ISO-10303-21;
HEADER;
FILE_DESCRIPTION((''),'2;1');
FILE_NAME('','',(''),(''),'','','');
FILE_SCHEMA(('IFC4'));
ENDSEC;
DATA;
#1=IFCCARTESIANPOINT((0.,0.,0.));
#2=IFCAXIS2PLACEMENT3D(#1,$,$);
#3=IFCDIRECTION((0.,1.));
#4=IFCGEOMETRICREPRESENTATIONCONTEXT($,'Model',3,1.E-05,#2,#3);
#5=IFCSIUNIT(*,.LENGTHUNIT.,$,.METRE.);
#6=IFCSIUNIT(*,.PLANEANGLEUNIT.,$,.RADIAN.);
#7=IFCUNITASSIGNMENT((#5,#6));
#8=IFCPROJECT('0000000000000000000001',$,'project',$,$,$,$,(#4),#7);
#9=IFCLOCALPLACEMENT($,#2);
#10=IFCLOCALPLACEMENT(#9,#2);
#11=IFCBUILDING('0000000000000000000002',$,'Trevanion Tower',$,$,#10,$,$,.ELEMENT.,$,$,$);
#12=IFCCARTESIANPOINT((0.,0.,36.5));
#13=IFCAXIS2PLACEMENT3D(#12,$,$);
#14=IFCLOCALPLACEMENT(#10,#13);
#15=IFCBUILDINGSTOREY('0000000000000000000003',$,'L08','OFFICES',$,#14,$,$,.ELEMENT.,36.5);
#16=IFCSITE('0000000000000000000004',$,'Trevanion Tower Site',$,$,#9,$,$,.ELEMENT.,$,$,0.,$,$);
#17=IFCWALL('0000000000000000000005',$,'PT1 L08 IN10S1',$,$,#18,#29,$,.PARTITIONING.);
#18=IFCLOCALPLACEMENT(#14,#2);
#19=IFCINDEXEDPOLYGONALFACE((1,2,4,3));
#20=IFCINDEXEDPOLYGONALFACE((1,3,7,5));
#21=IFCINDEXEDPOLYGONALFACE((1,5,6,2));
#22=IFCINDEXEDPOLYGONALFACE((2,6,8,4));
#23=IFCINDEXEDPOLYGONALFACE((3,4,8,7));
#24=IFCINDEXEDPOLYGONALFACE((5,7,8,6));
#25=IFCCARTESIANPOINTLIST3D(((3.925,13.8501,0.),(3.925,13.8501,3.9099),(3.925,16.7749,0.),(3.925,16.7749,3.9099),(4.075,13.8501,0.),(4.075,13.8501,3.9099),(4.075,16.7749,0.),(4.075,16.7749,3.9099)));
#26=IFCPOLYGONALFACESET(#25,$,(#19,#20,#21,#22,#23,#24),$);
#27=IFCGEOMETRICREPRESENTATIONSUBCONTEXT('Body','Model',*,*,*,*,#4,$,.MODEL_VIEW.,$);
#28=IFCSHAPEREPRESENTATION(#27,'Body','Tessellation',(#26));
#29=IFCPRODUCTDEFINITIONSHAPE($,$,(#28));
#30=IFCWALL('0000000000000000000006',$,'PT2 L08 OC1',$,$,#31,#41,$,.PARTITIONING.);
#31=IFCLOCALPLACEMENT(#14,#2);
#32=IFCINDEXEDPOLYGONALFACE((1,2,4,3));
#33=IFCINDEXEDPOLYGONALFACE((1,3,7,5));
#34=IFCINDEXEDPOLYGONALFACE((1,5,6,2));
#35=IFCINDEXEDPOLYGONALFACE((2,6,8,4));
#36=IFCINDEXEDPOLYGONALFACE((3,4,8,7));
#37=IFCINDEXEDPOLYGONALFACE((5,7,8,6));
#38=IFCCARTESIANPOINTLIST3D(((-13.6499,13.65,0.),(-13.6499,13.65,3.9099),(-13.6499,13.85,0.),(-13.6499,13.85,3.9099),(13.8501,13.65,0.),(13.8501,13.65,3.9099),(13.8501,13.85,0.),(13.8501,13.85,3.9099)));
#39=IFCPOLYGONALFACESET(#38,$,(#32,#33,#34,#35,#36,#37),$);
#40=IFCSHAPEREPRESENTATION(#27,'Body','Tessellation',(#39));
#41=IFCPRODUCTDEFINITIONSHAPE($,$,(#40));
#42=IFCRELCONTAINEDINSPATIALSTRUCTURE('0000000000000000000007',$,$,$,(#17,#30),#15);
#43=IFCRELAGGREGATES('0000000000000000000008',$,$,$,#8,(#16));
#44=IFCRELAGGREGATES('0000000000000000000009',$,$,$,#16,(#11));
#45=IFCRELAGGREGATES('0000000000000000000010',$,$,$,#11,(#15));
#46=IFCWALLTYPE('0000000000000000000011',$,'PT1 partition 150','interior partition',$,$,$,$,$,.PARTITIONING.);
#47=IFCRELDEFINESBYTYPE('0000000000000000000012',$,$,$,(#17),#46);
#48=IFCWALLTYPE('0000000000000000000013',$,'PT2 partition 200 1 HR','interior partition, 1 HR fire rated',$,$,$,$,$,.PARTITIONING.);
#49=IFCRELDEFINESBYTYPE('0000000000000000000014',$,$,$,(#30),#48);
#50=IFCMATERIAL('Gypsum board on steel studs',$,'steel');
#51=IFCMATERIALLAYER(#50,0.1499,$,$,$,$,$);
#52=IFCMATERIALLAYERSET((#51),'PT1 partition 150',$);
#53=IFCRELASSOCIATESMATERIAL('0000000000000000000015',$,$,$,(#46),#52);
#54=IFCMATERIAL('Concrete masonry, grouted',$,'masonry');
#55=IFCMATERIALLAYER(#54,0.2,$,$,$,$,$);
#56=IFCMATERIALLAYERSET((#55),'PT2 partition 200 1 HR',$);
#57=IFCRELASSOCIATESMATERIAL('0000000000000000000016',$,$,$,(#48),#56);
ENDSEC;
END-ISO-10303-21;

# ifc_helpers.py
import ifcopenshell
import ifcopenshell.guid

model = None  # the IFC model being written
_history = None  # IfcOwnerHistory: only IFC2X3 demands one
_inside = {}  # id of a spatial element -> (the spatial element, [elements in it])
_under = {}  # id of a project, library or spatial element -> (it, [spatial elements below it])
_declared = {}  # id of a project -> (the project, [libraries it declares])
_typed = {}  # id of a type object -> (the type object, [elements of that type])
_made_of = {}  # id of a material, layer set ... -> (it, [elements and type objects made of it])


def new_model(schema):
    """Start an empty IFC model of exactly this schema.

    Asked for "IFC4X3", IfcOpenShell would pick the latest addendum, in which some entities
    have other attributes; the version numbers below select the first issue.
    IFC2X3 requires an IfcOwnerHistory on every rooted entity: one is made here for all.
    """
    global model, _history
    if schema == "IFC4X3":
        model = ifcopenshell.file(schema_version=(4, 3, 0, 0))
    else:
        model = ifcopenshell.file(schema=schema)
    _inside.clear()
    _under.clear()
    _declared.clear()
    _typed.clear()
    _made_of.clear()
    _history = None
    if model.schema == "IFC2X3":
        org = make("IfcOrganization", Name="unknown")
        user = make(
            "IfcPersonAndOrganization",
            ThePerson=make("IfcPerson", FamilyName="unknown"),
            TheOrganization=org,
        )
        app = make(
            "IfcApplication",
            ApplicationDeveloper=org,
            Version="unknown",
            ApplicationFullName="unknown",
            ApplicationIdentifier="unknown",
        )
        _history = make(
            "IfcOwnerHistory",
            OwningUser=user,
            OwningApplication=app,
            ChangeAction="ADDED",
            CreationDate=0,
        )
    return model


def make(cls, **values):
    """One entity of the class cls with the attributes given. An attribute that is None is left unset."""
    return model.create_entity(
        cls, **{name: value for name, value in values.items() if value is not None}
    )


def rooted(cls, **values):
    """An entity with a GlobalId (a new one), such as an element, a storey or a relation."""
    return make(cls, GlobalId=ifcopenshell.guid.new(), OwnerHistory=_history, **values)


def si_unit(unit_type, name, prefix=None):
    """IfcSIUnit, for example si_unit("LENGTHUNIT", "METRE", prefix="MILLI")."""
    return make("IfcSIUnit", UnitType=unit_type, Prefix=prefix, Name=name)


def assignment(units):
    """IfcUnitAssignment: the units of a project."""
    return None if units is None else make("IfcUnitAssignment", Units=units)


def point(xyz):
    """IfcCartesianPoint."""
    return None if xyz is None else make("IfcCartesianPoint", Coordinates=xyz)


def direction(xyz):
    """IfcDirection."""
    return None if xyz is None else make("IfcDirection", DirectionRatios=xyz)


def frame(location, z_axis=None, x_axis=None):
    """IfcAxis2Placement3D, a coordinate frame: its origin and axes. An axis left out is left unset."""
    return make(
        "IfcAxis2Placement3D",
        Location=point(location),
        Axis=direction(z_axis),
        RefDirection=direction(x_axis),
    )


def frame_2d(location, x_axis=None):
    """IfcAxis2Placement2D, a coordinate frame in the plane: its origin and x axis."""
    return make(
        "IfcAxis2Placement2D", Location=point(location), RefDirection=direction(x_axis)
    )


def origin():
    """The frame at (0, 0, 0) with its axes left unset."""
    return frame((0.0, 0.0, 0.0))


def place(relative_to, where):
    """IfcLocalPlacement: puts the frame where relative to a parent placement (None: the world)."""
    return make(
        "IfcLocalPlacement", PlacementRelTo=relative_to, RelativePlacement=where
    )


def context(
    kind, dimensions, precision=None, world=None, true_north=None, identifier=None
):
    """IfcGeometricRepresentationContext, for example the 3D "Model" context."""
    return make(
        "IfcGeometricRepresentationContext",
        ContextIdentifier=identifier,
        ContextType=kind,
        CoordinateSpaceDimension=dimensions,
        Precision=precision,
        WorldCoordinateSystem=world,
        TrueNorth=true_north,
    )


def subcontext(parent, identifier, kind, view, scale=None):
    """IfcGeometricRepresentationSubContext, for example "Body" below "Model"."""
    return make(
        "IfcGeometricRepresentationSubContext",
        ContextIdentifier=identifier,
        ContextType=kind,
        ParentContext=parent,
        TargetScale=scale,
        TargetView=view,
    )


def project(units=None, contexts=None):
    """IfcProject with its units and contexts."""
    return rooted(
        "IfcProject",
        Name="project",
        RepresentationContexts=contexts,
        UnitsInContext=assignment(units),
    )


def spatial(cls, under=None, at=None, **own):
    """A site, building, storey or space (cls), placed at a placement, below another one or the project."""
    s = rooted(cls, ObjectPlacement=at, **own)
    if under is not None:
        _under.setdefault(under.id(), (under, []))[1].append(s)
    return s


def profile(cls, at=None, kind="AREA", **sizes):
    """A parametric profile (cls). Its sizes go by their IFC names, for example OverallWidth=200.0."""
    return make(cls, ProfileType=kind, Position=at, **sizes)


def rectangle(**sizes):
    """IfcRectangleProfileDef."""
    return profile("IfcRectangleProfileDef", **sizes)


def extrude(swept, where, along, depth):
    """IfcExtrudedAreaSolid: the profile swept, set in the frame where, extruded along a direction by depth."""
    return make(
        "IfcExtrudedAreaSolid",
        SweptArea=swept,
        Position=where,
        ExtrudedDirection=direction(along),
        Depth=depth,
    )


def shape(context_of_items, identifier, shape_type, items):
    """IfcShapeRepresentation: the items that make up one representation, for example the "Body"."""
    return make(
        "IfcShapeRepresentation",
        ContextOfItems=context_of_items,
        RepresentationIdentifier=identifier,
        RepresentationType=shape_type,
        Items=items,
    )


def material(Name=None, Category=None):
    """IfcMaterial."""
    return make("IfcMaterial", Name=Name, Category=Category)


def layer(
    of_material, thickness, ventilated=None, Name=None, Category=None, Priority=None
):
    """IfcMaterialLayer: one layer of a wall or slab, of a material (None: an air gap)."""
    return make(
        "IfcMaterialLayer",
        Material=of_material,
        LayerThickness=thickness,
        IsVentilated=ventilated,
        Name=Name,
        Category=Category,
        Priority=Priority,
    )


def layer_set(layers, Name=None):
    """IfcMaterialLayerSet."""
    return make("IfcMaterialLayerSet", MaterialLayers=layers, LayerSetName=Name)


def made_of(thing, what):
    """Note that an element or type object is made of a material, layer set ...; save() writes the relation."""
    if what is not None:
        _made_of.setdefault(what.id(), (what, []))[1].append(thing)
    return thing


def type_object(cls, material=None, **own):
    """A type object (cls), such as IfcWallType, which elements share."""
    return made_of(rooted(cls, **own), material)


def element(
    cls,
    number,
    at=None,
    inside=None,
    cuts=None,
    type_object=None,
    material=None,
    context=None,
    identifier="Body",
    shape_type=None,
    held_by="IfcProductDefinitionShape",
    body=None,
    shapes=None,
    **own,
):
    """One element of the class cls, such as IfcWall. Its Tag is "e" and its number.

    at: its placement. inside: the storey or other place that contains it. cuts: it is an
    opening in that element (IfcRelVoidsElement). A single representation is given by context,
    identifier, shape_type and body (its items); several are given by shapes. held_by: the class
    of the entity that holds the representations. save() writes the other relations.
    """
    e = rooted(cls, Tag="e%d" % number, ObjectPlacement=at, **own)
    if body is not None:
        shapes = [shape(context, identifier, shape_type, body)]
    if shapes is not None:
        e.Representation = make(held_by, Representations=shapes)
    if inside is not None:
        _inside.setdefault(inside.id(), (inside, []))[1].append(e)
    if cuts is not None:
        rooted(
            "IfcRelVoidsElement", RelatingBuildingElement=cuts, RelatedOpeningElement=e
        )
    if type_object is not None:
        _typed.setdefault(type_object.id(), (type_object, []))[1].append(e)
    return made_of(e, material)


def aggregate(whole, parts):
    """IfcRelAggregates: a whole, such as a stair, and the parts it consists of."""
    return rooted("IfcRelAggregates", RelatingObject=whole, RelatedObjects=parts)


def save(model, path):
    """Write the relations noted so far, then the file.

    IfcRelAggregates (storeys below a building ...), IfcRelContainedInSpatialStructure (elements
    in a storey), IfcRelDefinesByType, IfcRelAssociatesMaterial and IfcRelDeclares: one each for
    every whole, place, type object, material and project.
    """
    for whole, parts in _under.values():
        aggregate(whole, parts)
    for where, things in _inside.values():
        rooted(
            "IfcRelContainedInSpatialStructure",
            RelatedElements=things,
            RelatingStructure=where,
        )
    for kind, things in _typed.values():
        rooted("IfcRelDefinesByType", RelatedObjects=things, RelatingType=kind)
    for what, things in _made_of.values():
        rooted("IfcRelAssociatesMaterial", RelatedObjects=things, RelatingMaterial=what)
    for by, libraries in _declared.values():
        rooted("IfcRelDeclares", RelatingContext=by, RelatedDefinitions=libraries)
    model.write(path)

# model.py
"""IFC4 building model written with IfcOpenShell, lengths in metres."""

from ifc_helpers import new_model, si_unit, direction, frame, frame_2d, origin, place, context, subcontext, project, spatial, rectangle, extrude, material, layer, layer_set, type_object, element, save


model = new_model("IFC4")

# Units and contexts
model_context = context("Model", 3, precision=1e-05, world=origin(), true_north=direction((0.0, 1.0)))
body_context = subcontext(model_context, "Body", "Model", "MODEL_VIEW")
ifc_project = project(units=[si_unit("LENGTHUNIT", "METRE"), si_unit("PLANEANGLEUNIT", "RADIAN")], contexts=[model_context])

# Site, building, storey
site_placement = place(None, origin())
site = spatial("IfcSite", under=ifc_project, at=site_placement, Name="Trevanion Tower Site", CompositionType="ELEMENT", RefElevation=0.0)
building_placement = place(site_placement, origin())
building = spatial("IfcBuilding", under=site, at=building_placement, Name="Trevanion Tower", CompositionType="ELEMENT")
storey_placement = place(building_placement, frame((0.0, 0.0, 36.5)))
storey = spatial("IfcBuildingStorey", under=building, at=storey_placement, Name="L08", Description="OFFICES", CompositionType="ELEMENT", Elevation=36.5)

# Shared definitions
ifc_material_1 = material(Name="Gypsum board on steel studs", Category="steel")
ifc_layer_1 = layer(ifc_material_1, 0.1499)
ifc_layer_set_1 = layer_set([ifc_layer_1], Name="PT1 partition 150")
wall_type_1 = type_object("IfcWallType", Name="PT1 partition 150", Description="interior partition", PredefinedType="PARTITIONING", material=ifc_layer_set_1)

# Walls
for number, where, z_axis, x_axis, name in (
    (1, (4.0, 16.7749, 0.0), (0.0, 0.0, 1.0), (0.0, -1.0, 0.0), "PT1 L08 IN10S1"),
):
    element("IfcWall", number, at=place(storey_placement, frame(where, z_axis=z_axis, x_axis=x_axis)), inside=storey, type_object=wall_type_1, Name=name, PredefinedType="PARTITIONING", context=body_context, shape_type="SweptSolid", body=[
        extrude(rectangle(XDim=2.9248, YDim=0.1499, at=frame_2d((1.4624, 0.0))), origin(), (0.0, 0.0, 1.0), 3.9099),
    ])
ifc_material_2 = material(Name="Concrete masonry, grouted", Category="masonry")
ifc_layer_2 = layer(ifc_material_2, 0.2)
ifc_layer_set_2 = layer_set([ifc_layer_2], Name="PT2 partition 200 1 HR")
wall_type_2 = type_object("IfcWallType", Name="PT2 partition 200 1 HR", Description="interior partition, 1 HR fire rated", PredefinedType="PARTITIONING", material=ifc_layer_set_2)
wall_1_placement = place(storey_placement, frame((13.8501, 13.75, 0.0), z_axis=(0.0, 0.0, 1.0), x_axis=(-1.0, 0.0, 0.0)))
element("IfcWall", 2, at=wall_1_placement, inside=storey, type_object=wall_type_2, Name="PT2 L08 OC1", PredefinedType="PARTITIONING", context=body_context, shape_type="SweptSolid", body=[
    extrude(rectangle(XDim=27.5, YDim=0.2, at=frame_2d((13.75, 0.0))), origin(), (0.0, 0.0, 1.0), 3.9099),
])

save(model, "model.ifc")
